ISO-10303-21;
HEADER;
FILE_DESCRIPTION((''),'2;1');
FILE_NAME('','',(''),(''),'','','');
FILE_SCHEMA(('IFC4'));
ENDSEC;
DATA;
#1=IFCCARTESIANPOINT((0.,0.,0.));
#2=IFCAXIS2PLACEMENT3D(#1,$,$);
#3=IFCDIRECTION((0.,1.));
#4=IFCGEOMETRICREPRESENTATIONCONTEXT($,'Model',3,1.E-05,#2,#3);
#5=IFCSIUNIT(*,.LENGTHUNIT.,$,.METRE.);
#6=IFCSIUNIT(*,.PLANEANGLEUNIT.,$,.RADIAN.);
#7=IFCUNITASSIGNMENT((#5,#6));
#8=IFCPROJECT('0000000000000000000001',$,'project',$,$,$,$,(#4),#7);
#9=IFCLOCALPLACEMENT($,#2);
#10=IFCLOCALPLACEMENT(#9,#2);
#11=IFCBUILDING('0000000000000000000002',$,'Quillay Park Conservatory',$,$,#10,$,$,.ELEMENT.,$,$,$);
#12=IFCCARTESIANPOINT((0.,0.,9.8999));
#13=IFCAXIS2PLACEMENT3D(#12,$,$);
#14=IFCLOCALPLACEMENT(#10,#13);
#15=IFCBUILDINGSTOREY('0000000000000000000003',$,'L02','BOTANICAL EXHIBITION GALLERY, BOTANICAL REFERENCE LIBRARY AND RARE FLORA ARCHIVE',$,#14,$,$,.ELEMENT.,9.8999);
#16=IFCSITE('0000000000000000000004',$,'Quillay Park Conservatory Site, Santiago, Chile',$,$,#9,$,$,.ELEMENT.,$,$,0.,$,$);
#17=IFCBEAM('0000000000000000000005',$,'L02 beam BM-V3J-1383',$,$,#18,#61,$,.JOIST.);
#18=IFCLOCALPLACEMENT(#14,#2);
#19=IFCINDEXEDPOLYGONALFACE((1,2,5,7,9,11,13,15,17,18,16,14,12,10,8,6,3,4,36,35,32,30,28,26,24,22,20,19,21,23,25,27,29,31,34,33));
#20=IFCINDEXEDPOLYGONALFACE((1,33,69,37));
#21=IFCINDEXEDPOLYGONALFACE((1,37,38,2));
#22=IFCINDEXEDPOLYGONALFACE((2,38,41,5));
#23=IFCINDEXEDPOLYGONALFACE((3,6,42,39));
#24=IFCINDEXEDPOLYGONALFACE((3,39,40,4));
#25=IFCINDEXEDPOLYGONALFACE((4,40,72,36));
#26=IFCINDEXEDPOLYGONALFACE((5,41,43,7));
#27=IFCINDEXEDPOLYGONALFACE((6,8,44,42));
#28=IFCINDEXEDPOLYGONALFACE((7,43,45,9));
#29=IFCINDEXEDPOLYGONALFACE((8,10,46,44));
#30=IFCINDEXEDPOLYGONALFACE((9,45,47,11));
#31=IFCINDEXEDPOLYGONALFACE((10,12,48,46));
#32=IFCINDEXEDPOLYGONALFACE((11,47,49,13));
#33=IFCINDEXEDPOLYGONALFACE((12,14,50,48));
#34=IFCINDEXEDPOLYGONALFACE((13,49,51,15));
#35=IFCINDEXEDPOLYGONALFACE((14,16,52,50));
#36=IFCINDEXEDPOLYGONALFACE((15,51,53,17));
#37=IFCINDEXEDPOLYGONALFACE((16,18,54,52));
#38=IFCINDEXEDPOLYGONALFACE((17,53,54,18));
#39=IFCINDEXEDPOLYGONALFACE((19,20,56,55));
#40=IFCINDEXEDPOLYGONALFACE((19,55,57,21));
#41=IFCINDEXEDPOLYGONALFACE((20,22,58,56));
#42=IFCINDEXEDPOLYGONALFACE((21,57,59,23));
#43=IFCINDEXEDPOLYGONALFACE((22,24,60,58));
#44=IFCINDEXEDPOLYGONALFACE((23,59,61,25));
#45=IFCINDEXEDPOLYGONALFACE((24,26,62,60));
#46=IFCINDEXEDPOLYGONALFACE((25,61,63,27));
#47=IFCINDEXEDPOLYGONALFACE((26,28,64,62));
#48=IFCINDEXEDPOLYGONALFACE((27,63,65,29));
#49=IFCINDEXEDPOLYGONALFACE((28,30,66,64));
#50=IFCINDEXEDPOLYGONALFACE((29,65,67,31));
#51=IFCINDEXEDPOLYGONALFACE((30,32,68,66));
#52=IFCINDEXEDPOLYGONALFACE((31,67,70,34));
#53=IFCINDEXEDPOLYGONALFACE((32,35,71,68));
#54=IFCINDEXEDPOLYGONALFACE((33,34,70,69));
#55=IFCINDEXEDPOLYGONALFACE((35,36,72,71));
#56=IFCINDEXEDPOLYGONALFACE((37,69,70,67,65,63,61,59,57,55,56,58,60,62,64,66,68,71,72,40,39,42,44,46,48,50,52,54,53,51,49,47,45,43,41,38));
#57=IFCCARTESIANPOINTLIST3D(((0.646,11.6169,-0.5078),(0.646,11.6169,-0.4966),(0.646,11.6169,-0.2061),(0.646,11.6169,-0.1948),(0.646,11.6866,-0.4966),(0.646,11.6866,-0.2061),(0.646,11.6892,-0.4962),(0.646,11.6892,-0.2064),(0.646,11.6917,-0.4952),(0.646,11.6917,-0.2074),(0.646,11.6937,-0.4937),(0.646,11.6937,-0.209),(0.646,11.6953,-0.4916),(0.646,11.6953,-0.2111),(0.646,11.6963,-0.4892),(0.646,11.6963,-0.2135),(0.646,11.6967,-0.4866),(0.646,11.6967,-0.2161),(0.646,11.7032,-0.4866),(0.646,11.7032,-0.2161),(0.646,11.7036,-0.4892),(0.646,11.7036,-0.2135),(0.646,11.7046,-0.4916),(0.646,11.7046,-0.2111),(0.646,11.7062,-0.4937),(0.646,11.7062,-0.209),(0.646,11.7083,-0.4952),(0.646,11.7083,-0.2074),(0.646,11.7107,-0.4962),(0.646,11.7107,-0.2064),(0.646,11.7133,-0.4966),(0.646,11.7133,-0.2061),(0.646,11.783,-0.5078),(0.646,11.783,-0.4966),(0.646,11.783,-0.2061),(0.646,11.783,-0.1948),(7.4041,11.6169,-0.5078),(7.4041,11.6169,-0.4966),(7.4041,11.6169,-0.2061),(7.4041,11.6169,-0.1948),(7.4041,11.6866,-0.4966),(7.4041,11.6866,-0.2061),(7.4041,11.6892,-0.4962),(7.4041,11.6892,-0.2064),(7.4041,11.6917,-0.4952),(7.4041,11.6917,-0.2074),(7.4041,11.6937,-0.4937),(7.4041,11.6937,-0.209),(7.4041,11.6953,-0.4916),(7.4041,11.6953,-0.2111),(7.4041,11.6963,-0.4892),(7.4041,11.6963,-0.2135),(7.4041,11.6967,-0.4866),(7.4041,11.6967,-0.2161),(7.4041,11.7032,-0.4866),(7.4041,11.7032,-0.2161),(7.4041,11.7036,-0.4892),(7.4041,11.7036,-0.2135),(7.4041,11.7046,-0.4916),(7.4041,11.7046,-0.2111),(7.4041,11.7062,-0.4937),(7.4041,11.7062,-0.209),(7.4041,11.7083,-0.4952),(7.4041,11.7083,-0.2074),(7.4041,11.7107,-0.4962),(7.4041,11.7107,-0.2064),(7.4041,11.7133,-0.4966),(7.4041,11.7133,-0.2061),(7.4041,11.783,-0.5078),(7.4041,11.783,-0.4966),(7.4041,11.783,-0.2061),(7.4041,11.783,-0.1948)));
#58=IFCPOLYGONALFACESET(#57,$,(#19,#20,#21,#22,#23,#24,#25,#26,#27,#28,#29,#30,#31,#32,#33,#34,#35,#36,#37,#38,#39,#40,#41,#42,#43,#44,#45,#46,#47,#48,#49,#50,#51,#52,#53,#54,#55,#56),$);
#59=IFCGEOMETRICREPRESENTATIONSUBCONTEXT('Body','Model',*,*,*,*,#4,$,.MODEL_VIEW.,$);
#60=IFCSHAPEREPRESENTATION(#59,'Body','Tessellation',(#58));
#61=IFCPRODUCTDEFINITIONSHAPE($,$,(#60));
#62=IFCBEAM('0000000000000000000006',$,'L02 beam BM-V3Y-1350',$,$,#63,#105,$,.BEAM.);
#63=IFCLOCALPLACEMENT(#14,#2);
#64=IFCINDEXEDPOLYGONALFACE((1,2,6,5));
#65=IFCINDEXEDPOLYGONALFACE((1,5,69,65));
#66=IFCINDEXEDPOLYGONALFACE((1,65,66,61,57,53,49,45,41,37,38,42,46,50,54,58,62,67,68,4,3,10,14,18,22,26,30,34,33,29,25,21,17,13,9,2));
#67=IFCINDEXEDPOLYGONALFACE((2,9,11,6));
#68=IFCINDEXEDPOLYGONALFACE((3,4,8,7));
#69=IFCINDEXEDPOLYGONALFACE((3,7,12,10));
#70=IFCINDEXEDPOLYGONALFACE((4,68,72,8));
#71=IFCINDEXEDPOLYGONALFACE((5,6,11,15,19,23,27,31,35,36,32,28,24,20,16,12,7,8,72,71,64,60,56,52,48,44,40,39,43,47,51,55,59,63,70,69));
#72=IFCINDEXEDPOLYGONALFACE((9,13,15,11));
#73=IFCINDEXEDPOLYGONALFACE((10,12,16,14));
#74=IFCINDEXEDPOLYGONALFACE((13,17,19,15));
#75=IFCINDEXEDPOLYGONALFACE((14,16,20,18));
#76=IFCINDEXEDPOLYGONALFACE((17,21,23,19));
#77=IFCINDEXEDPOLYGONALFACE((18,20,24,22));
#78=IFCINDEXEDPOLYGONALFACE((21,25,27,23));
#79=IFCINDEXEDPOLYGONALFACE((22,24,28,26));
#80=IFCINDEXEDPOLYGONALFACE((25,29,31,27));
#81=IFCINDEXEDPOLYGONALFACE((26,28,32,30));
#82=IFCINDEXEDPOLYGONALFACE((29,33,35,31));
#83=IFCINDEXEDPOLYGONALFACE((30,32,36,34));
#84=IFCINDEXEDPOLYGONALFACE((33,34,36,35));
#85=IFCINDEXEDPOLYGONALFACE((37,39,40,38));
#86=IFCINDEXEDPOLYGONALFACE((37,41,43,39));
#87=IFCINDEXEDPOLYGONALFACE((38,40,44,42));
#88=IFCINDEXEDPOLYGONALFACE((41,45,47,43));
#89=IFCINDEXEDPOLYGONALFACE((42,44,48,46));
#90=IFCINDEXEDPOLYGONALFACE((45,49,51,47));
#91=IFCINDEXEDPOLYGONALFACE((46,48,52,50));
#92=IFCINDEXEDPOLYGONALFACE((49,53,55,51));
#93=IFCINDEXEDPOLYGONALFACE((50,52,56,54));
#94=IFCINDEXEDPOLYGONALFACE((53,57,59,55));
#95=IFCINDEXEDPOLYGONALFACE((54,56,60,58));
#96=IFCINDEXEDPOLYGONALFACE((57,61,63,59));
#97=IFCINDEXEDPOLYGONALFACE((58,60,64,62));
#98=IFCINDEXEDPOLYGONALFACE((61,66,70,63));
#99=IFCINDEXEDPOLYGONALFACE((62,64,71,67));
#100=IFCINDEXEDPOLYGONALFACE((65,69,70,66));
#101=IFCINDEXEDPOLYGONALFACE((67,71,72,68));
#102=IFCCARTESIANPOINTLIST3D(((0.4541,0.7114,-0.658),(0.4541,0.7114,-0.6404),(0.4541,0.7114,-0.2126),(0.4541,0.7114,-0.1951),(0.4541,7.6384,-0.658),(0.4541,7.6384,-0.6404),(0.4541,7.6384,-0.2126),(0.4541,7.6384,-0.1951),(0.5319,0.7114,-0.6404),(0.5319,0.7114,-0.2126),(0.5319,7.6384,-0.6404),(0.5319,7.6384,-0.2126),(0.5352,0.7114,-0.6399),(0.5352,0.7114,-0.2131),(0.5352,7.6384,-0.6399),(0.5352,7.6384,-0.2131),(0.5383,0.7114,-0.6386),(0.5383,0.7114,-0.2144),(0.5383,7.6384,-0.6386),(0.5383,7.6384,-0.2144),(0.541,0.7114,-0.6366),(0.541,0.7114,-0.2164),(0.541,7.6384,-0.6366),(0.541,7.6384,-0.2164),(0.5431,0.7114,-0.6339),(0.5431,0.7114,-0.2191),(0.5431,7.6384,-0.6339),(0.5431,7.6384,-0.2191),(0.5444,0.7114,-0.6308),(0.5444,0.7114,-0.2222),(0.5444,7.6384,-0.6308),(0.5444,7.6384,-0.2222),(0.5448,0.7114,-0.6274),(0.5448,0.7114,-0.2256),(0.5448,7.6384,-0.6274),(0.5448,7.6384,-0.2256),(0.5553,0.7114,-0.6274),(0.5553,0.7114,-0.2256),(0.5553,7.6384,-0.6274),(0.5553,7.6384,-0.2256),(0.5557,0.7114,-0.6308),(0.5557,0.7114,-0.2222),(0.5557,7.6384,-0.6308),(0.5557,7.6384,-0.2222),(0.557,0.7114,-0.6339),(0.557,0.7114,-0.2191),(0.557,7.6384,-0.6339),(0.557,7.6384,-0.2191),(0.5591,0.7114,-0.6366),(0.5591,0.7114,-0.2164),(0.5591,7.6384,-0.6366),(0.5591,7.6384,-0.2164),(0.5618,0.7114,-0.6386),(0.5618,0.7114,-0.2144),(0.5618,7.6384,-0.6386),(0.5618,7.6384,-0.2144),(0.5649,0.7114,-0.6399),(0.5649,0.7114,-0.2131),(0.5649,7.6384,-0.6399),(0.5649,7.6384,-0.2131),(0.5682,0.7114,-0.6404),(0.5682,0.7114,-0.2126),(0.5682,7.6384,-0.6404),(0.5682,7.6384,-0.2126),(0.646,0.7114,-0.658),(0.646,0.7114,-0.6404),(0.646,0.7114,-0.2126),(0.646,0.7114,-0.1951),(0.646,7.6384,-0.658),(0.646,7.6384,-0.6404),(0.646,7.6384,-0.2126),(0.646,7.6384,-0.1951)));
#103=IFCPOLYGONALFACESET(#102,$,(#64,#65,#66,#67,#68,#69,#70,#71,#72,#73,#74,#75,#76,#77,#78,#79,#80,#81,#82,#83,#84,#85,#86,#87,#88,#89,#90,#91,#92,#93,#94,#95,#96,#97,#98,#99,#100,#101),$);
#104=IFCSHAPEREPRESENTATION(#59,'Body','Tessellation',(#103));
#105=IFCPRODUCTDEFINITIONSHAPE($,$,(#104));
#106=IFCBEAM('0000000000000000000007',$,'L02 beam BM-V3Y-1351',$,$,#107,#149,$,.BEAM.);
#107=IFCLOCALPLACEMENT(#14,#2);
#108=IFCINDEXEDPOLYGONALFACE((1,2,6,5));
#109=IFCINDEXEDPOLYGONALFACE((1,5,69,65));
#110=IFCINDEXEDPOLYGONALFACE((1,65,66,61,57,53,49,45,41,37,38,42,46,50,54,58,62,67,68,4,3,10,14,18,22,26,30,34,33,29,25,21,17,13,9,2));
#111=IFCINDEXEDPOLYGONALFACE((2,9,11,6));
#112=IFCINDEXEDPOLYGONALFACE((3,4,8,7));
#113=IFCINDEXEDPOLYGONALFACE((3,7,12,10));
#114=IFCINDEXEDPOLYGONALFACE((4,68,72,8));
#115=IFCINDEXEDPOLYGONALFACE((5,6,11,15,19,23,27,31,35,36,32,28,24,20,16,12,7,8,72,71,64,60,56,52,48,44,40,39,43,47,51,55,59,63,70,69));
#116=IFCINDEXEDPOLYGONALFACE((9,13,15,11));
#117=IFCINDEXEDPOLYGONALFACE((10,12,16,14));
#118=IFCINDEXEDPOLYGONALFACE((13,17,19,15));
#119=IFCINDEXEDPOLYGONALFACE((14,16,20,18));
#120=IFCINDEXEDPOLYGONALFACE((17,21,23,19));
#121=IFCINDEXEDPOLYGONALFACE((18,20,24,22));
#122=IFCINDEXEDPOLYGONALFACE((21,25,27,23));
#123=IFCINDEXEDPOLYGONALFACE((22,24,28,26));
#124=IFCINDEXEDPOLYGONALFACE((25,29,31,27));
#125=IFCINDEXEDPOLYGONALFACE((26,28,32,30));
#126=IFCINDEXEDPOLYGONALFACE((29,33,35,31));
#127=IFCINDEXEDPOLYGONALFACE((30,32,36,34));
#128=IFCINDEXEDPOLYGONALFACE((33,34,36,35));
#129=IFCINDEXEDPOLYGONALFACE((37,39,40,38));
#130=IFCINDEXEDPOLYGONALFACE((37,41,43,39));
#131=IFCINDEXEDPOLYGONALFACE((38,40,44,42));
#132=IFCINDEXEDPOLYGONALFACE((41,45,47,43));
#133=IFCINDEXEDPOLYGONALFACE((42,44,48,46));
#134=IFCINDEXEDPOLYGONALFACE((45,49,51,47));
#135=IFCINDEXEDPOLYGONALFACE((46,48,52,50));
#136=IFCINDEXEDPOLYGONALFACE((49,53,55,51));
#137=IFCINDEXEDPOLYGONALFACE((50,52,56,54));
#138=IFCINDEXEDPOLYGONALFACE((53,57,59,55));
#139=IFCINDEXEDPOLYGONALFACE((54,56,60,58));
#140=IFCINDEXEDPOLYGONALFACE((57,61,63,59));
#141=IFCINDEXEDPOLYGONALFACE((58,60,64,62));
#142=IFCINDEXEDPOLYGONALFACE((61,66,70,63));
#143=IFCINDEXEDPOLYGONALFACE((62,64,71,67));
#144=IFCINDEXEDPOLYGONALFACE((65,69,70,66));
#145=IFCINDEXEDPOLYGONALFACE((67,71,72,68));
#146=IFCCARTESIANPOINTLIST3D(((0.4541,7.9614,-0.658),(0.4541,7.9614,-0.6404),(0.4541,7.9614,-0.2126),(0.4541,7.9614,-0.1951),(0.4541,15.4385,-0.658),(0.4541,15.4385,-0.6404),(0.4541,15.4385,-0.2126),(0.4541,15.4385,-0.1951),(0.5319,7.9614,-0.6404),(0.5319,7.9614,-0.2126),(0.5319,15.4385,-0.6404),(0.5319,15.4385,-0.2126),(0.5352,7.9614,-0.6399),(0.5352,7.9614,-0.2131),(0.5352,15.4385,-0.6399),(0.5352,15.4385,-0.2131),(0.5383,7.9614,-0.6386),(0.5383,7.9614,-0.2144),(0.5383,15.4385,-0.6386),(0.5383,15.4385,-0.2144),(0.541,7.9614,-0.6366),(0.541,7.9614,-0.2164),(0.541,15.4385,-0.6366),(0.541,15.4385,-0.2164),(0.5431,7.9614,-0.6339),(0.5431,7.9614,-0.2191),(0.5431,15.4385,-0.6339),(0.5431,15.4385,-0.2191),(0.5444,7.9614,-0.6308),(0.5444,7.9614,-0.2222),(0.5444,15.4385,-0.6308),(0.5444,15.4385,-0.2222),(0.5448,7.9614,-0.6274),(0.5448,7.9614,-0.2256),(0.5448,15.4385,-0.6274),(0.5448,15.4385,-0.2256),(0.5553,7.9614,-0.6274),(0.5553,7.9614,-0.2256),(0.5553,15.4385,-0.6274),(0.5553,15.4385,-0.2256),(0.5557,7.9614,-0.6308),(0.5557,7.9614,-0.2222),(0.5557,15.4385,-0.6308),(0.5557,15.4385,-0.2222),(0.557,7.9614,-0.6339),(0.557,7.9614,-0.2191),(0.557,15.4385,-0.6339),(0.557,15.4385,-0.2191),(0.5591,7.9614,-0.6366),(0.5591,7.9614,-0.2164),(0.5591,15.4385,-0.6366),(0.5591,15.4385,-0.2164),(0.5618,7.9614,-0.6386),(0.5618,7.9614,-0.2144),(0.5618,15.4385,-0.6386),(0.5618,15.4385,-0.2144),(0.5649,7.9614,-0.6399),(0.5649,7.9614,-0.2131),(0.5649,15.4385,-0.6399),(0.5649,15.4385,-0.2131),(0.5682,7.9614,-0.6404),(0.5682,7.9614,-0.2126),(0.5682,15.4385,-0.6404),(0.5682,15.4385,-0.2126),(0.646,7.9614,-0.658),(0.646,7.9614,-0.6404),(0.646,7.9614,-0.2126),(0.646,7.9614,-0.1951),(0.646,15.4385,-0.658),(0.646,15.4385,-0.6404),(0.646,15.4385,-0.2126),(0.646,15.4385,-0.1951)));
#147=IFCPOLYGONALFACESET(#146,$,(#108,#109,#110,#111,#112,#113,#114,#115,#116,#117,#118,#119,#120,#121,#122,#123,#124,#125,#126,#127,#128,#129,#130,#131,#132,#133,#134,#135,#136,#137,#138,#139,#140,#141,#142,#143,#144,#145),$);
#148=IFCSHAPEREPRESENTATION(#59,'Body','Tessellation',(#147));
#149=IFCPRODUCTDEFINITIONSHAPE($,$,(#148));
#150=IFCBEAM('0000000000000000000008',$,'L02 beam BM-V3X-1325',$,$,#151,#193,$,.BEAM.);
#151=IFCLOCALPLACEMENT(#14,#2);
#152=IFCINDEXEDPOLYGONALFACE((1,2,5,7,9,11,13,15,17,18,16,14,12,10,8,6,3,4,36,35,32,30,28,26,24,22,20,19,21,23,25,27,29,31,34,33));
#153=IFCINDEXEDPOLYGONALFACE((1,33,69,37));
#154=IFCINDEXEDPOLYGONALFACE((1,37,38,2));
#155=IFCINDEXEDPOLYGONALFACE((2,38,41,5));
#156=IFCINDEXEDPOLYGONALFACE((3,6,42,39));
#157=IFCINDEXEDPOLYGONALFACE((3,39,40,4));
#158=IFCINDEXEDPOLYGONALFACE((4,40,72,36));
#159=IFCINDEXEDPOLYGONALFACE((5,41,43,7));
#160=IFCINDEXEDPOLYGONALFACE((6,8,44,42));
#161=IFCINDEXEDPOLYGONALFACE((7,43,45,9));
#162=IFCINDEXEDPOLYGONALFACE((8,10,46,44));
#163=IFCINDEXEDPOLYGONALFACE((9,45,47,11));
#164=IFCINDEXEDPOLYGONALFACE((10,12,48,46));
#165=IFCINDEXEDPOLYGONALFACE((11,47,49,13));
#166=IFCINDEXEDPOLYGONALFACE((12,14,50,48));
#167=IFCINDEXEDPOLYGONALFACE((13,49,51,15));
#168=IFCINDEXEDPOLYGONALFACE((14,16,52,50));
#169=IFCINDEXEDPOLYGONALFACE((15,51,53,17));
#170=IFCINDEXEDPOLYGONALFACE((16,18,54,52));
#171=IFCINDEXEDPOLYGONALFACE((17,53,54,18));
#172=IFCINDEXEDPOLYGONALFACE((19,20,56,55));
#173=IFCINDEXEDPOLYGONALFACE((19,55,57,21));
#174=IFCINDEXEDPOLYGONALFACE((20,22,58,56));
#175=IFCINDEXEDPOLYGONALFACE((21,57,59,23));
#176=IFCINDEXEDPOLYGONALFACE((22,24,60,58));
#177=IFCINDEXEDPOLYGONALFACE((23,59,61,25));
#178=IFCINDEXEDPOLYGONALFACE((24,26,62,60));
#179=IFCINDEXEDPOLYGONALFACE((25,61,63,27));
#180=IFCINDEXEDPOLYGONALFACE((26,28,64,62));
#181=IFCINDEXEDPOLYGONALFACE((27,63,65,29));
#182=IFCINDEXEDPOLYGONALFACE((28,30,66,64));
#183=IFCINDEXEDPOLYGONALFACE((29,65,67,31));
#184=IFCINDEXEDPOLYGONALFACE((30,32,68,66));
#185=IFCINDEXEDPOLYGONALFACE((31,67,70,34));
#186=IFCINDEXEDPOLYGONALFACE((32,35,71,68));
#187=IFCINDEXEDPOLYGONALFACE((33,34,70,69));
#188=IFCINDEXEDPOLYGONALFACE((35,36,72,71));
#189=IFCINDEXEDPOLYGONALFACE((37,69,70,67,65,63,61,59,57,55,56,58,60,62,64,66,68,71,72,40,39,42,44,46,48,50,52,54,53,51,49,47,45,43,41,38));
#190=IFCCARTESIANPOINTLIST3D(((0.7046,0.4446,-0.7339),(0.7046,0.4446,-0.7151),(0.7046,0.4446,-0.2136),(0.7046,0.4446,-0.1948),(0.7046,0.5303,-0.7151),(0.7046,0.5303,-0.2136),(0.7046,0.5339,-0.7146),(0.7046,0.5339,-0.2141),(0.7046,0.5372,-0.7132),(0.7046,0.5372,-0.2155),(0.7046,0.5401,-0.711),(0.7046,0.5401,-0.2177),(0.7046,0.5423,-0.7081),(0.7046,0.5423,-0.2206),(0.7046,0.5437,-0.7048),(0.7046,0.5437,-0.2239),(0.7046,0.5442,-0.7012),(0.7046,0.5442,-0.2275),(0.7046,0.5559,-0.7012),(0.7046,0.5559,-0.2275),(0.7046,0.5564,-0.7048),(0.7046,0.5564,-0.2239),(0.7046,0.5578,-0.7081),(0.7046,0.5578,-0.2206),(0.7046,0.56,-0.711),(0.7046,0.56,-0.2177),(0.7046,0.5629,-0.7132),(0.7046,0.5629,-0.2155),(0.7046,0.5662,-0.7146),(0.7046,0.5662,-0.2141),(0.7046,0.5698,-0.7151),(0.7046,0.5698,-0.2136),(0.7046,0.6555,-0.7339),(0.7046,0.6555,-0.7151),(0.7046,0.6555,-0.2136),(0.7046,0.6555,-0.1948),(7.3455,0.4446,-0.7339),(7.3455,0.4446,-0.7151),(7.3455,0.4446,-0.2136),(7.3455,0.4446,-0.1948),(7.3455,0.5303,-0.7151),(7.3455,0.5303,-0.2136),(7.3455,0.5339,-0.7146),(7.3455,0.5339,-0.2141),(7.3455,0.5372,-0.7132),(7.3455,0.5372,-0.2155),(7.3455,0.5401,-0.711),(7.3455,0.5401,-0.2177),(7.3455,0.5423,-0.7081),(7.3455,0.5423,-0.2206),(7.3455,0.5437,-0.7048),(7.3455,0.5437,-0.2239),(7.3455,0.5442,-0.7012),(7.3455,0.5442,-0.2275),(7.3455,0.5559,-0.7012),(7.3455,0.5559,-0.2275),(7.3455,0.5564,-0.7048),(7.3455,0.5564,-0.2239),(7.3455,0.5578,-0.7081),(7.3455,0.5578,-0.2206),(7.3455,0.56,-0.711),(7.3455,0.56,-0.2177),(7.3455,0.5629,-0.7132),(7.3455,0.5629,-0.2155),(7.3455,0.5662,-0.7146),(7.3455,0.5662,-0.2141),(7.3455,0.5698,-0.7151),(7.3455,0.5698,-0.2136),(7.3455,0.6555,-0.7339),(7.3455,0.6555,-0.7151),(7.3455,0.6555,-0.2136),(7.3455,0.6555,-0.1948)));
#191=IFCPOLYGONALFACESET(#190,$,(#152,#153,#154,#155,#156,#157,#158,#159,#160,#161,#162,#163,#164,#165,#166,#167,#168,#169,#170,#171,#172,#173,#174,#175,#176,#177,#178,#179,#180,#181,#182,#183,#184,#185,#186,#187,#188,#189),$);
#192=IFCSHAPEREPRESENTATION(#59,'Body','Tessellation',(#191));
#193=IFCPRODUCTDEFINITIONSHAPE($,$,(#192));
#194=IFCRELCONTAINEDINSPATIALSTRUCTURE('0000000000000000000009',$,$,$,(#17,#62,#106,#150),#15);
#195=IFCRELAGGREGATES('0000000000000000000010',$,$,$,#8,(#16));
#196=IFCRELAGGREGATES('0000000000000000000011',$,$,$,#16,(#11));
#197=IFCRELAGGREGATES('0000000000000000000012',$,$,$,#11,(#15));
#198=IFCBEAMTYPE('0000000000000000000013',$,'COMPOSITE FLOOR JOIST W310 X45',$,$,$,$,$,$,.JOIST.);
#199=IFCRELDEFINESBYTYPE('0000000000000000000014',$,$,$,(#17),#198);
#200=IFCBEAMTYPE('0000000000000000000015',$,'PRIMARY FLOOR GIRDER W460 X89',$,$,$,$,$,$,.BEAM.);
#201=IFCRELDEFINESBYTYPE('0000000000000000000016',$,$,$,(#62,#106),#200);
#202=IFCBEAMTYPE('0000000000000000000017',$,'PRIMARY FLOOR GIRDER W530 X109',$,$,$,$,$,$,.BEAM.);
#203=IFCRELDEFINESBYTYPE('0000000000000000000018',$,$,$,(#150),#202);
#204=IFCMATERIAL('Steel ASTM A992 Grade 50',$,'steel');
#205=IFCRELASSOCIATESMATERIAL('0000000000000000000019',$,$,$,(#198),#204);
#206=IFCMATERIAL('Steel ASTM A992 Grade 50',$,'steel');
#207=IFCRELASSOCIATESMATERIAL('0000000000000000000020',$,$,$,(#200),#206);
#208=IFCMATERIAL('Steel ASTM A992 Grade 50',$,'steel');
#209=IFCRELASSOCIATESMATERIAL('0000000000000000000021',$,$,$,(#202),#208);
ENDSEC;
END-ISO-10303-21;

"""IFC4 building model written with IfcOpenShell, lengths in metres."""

from ifc_helpers import new_model, si_unit, direction, frame, origin, origin_2d, place, context, subcontext, project, spatial, i_section, extrude, material, material_profile, profile_set, type_object, element, save


model = new_model("IFC4")

# Units and contexts
model_context = context("Model", 3, precision=1e-05, world=origin(), true_north=direction((0.0, 1.0)))
body_context = subcontext(model_context, "Body", "Model", "MODEL_VIEW")
ifc_project = project(units=[si_unit("LENGTHUNIT", "METRE"), si_unit("PLANEANGLEUNIT", "RADIAN")], contexts=[model_context])

# Site, building, storey
site_placement = place(None, origin())
site = spatial("IfcSite", under=ifc_project, at=site_placement, Name="Quillay Park Conservatory Site, Santiago, Chile", CompositionType="ELEMENT", RefElevation=0.0)
building_placement = place(site_placement, origin())
building = spatial("IfcBuilding", under=site, at=building_placement, Name="Quillay Park Conservatory", CompositionType="ELEMENT")
storey_placement = place(building_placement, frame((0.0, 0.0, 9.8999)))
storey = spatial("IfcBuildingStorey", under=building, at=storey_placement, Name="L02", Description="BOTANICAL EXHIBITION GALLERY, BOTANICAL REFERENCE LIBRARY AND RARE FLORA ARCHIVE", CompositionType="ELEMENT", Elevation=9.8999)

# Beams
ifc_material_1 = material(Name="Steel ASTM A992 Grade 50", Category="steel")
ifc_material_profile_1 = material_profile(ifc_material_1, i_section(OverallWidth=0.166, OverallDepth=0.313, WebThickness=0.0066, FlangeThickness=0.0112, FilletRadius=0.01, at=origin_2d()), Name="W310x45")
ifc_profile_set_1 = profile_set([ifc_material_profile_1], Name="Steel ASTM A992 Grade 50")
beam_type_1 = type_object("IfcBeamType", Name="COMPOSITE FLOOR JOIST W310 X45", PredefinedType="JOIST", material=ifc_profile_set_1)
for number, where, z_axis, x_axis, name in (
    (1, (0.646, 11.7, -0.3513), (1.0, 0.0, 0.0), (0.0, 1.0, 0.0), "L02 beam BM-V3J-1383"),
):
    element("IfcBeam", number, at=place(storey_placement, frame(where, z_axis=z_axis, x_axis=x_axis)), inside=storey, type_object=beam_type_1, Name=name, PredefinedType="JOIST", context=body_context, shape_type="SweptSolid", body=[
        extrude(i_section(OverallWidth=0.166, OverallDepth=0.313, WebThickness=0.0066, FlangeThickness=0.0112, FilletRadius=0.01, at=origin_2d()), origin(), (0.0, 0.0, 1.0), 6.7581),
    ])
ifc_material_2 = material(Name="Steel ASTM A992 Grade 50", Category="steel")
ifc_material_profile_2 = material_profile(ifc_material_2, i_section(OverallWidth=0.1919, OverallDepth=0.4629, WebThickness=0.0105, FlangeThickness=0.0176, FilletRadius=0.0129, at=origin_2d()), Name="W460x89")
ifc_profile_set_2 = profile_set([ifc_material_profile_2], Name="Steel ASTM A992 Grade 50")
beam_type_2 = type_object("IfcBeamType", Name="PRIMARY FLOOR GIRDER W460 X89", PredefinedType="BEAM", material=ifc_profile_set_2)
beam_1_placement = place(storey_placement, frame((0.55, 0.7114, -0.4265), z_axis=(0.0, 1.0, 0.0), x_axis=(-1.0, 0.0, 0.0)))
element("IfcBeam", 2, at=beam_1_placement, inside=storey, type_object=beam_type_2, Name="L02 beam BM-V3Y-1350", PredefinedType="BEAM", context=body_context, shape_type="SweptSolid", body=[
    extrude(i_section(OverallWidth=0.1919, OverallDepth=0.4629, WebThickness=0.0105, FlangeThickness=0.0176, FilletRadius=0.0129, at=origin_2d()), origin(), (0.0, 0.0, 1.0), 6.927),
])
beam_2_placement = place(storey_placement, frame((0.55, 7.9614, -0.4265), z_axis=(0.0, 1.0, 0.0), x_axis=(-1.0, 0.0, 0.0)))
element("IfcBeam", 3, at=beam_2_placement, inside=storey, type_object=beam_type_2, Name="L02 beam BM-V3Y-1351", PredefinedType="BEAM", context=body_context, shape_type="SweptSolid", body=[
    extrude(i_section(OverallWidth=0.1919, OverallDepth=0.4629, WebThickness=0.0105, FlangeThickness=0.0176, FilletRadius=0.0129, at=origin_2d()), origin(), (0.0, 0.0, 1.0), 7.4771),
])
ifc_material_3 = material(Name="Steel ASTM A992 Grade 50", Category="steel")
ifc_material_profile_3 = material_profile(ifc_material_3, i_section(OverallWidth=0.2109, OverallDepth=0.5391, WebThickness=0.0117, FlangeThickness=0.0188, FilletRadius=0.0139, at=origin_2d()), Name="W530x109")
ifc_profile_set_3 = profile_set([ifc_material_profile_3], Name="Steel ASTM A992 Grade 50")
beam_type_3 = type_object("IfcBeamType", Name="PRIMARY FLOOR GIRDER W530 X109", PredefinedType="BEAM", material=ifc_profile_set_3)
for number, where, z_axis, x_axis, name in (
    (4, (0.7046, 0.55, -0.4644), (1.0, 0.0, 0.0), (0.0, 1.0, 0.0), "L02 beam BM-V3X-1325"),
):
    element("IfcBeam", number, at=place(storey_placement, frame(where, z_axis=z_axis, x_axis=x_axis)), inside=storey, type_object=beam_type_3, Name=name, PredefinedType="BEAM", context=body_context, shape_type="SweptSolid", body=[
        extrude(i_section(OverallWidth=0.2109, OverallDepth=0.5391, WebThickness=0.0117, FlangeThickness=0.0188, FilletRadius=0.0139, at=origin_2d()), origin(), (0.0, 0.0, 1.0), 6.6409),
    ])

save(model, "model.ifc")
